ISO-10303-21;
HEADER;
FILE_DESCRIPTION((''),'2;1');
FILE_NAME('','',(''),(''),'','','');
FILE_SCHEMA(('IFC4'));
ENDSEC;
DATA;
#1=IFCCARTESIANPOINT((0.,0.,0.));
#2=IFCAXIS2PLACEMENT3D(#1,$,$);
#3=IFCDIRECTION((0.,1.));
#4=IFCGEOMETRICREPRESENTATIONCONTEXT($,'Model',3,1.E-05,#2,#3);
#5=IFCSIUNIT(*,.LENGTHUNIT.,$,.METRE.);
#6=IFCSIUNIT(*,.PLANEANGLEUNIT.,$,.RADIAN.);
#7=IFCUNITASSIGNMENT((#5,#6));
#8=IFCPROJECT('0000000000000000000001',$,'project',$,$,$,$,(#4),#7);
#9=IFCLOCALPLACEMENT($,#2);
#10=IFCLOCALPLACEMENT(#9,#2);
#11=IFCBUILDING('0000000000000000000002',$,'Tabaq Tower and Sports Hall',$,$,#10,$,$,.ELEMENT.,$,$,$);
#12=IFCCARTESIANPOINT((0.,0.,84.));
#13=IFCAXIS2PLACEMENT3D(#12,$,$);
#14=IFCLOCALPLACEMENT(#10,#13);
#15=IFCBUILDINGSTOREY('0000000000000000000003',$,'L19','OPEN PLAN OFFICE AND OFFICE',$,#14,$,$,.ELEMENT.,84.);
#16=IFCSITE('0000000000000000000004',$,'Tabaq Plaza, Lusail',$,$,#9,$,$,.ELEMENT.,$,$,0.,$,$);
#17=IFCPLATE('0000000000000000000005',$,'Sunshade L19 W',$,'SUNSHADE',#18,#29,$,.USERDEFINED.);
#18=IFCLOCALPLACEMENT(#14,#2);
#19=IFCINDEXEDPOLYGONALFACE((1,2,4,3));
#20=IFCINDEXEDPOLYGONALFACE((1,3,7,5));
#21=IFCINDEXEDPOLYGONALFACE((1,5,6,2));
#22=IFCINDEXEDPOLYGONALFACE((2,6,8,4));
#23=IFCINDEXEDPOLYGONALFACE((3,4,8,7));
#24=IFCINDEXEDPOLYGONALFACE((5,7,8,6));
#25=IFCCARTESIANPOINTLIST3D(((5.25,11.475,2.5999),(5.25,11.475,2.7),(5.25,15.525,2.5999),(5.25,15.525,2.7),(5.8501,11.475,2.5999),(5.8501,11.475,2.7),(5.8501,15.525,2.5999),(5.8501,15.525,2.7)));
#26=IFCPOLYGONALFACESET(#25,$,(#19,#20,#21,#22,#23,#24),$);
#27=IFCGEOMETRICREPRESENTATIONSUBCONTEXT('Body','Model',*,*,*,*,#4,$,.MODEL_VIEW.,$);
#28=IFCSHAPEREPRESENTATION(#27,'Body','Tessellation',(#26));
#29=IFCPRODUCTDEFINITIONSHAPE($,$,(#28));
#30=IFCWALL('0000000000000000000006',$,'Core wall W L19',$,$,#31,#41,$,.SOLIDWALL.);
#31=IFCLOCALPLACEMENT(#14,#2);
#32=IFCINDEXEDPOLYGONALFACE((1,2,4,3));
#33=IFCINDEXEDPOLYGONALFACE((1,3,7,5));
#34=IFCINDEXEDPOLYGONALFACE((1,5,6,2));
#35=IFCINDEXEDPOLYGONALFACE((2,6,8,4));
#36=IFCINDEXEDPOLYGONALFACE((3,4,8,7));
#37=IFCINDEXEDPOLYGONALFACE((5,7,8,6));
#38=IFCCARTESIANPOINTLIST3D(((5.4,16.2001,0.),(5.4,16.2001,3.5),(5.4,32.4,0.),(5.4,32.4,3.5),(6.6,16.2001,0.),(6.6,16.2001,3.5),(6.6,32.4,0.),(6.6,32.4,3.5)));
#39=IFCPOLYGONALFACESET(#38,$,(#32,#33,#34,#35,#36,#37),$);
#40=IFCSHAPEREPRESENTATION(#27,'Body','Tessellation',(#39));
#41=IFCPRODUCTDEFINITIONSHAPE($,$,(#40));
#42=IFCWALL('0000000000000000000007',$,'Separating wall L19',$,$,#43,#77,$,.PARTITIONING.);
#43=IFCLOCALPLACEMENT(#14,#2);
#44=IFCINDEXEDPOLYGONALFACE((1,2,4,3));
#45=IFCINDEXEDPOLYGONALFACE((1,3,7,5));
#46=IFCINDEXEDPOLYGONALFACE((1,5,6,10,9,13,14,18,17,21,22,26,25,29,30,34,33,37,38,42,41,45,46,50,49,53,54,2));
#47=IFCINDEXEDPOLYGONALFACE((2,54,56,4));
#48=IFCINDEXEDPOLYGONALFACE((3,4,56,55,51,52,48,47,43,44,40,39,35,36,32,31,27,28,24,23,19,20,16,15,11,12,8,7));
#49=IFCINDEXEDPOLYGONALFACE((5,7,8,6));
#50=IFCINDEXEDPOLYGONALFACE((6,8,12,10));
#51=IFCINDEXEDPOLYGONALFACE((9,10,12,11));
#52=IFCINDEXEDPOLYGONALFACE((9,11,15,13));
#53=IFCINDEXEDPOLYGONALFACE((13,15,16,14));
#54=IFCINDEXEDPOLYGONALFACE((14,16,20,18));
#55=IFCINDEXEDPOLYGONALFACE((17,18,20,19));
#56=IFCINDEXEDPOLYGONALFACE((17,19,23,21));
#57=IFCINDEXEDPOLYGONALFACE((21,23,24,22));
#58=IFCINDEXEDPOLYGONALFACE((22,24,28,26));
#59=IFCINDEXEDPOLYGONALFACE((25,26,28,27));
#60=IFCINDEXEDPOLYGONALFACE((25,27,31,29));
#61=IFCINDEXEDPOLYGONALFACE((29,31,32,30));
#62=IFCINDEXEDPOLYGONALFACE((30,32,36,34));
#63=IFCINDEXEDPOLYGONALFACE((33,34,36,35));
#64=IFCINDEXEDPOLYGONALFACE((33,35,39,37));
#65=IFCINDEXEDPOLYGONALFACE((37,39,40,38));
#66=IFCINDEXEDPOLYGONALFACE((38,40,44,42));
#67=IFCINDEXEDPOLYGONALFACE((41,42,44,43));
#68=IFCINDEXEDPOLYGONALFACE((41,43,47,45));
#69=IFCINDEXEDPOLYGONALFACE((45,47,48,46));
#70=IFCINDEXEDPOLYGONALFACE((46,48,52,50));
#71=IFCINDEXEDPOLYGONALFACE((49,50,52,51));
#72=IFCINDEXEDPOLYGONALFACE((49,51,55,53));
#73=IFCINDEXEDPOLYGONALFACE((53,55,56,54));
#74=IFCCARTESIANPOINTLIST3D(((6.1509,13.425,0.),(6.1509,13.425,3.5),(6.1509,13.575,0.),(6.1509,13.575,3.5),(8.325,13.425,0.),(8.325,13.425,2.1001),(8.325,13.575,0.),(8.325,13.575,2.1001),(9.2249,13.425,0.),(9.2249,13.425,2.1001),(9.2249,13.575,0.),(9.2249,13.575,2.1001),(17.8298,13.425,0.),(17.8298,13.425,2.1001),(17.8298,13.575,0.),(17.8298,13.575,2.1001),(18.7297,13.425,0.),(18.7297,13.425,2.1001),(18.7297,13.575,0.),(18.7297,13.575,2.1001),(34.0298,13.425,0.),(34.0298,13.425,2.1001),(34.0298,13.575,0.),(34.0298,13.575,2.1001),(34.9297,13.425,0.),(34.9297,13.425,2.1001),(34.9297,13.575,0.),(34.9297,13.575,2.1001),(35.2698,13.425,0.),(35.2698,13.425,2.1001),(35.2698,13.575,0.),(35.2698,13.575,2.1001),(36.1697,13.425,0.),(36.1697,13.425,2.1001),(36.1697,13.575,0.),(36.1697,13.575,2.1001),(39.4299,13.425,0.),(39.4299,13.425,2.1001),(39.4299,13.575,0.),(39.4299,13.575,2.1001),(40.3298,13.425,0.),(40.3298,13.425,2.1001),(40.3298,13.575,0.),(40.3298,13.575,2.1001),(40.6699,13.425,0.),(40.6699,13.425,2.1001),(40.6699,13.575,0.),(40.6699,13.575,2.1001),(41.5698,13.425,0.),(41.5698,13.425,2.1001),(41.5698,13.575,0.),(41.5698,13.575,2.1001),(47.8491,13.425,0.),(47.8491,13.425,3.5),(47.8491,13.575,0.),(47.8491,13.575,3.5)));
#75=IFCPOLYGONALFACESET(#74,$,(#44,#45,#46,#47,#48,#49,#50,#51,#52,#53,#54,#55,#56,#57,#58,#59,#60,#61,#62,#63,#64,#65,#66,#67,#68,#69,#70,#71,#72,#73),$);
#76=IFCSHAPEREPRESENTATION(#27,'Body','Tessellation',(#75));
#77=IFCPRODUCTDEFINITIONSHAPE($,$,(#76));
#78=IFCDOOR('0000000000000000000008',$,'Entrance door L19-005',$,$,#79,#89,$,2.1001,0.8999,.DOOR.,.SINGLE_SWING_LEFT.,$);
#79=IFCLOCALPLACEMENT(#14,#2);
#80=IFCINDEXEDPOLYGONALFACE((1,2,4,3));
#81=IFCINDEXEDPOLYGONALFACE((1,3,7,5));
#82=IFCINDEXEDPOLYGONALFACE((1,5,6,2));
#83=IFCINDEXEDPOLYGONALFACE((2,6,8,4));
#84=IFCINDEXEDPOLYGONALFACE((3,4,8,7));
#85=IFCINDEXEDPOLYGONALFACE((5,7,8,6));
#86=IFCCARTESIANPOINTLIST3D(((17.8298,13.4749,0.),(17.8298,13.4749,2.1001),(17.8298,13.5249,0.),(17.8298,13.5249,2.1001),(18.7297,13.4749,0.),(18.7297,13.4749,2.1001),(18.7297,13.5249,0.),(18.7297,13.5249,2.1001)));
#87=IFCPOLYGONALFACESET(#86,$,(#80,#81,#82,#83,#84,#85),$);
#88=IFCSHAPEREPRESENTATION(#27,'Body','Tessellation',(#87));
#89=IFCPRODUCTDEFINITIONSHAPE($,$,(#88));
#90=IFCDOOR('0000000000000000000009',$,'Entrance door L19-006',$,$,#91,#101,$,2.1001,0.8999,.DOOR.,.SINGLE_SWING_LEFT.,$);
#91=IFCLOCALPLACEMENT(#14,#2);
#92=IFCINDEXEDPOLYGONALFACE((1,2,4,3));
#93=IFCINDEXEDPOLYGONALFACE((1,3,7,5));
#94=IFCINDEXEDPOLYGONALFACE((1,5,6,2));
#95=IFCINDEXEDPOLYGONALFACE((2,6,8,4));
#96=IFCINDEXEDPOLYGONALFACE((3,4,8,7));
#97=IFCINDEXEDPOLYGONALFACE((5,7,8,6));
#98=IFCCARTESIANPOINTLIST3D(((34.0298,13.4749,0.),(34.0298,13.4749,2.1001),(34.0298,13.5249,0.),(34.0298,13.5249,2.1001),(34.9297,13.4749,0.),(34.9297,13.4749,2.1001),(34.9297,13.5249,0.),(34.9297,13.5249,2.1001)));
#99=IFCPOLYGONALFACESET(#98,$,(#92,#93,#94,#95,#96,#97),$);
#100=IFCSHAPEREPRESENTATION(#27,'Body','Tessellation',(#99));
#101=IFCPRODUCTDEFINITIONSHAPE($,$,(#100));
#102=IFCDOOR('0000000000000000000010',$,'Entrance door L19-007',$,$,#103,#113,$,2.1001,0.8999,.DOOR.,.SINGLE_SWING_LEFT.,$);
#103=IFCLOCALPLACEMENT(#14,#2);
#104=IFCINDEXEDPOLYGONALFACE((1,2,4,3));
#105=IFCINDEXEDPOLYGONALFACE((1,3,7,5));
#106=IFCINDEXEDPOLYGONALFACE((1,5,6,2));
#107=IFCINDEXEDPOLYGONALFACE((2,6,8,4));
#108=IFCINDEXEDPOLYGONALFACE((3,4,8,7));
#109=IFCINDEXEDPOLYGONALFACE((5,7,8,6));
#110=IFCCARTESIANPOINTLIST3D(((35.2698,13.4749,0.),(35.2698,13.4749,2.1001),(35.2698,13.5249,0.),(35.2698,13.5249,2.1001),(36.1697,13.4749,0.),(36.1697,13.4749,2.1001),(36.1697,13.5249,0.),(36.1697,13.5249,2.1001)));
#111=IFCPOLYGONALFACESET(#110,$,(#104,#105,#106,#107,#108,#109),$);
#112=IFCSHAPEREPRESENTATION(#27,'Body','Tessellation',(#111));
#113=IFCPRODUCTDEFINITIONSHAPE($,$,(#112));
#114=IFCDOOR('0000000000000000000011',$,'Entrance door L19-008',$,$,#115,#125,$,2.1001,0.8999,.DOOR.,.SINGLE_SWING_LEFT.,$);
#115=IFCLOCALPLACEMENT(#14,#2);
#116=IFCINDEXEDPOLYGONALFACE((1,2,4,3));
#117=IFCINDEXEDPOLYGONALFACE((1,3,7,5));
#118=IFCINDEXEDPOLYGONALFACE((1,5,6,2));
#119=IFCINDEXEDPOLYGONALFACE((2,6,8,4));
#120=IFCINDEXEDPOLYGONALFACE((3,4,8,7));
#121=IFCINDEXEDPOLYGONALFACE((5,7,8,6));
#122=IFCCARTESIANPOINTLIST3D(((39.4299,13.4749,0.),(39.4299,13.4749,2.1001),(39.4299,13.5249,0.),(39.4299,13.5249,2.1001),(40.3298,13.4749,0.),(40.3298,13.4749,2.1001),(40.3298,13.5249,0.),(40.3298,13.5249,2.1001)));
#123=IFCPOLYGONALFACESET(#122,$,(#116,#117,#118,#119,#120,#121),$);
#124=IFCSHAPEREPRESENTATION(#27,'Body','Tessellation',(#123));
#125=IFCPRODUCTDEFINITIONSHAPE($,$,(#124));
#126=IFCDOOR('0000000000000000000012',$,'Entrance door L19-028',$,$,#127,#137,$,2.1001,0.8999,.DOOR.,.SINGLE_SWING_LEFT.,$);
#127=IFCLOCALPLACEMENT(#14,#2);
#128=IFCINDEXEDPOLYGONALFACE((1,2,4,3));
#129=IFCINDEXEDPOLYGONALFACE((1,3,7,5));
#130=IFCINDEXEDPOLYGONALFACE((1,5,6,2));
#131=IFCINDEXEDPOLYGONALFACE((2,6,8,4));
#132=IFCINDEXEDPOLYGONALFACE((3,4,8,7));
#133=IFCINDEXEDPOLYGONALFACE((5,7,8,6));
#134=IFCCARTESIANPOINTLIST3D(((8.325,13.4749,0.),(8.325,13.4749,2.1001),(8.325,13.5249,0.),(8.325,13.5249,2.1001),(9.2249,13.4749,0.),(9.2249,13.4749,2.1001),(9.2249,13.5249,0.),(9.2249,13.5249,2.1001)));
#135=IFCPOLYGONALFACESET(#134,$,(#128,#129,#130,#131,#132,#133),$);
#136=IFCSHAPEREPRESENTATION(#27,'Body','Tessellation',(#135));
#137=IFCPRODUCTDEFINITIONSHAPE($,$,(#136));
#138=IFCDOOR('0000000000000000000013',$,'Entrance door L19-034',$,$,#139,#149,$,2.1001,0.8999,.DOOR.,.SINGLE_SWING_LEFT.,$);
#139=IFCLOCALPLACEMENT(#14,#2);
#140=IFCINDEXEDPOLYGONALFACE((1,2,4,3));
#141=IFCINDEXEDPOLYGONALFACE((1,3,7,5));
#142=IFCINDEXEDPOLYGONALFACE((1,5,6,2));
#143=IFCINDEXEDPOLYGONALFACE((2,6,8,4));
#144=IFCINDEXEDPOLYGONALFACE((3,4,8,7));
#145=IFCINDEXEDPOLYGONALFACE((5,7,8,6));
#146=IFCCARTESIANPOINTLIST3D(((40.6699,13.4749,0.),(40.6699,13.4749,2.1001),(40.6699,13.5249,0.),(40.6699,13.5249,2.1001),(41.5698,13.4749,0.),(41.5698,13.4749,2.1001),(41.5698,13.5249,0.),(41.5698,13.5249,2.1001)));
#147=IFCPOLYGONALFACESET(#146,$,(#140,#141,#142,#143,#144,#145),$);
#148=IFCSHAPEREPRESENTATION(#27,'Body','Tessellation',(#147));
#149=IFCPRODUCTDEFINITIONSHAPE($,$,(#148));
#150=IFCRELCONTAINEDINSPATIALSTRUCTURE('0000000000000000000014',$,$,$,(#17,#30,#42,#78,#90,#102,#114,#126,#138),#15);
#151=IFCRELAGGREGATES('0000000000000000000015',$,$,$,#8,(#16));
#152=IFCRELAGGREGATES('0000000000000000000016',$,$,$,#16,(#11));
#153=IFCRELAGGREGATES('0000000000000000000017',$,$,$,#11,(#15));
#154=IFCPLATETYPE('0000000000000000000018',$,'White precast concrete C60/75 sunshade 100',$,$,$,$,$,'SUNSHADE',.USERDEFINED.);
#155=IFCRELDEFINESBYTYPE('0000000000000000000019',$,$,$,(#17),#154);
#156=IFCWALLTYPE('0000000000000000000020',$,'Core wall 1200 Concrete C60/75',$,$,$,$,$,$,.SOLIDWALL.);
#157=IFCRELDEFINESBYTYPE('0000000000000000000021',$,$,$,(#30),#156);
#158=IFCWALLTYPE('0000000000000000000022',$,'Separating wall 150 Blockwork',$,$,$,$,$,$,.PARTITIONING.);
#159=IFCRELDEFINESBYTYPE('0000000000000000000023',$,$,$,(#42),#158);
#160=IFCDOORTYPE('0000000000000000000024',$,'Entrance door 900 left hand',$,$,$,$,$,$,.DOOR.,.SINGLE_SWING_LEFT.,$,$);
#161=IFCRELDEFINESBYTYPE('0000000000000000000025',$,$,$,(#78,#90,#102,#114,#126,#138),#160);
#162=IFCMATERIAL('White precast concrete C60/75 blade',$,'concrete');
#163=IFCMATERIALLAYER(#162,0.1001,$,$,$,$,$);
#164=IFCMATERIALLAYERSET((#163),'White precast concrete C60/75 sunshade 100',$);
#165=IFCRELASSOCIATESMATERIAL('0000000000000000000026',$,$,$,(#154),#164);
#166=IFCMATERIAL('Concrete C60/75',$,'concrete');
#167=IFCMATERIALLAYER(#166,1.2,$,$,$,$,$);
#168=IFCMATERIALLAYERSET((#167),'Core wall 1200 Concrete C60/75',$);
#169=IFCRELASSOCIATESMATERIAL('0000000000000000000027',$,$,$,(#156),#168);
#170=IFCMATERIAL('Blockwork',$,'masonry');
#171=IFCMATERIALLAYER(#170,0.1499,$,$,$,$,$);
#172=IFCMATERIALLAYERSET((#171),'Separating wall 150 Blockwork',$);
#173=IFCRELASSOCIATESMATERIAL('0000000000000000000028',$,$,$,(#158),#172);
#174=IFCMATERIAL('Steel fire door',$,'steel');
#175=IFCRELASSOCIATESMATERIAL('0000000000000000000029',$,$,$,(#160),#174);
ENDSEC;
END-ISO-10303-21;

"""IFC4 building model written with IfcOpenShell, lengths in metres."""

from ifc_helpers import new_model, si_unit, direction, frame, frame_2d, origin, origin_2d, place, context, subcontext, project, spatial, rectangle, extrude, material, layer, layer_set, type_object, element, fill, save


model = new_model("IFC4")

# Units and contexts
model_context = context("Model", 3, precision=1e-05, world=origin(), true_north=direction((0.0, 1.0)))
body_context = subcontext(model_context, "Body", "Model", "MODEL_VIEW")
ifc_project = project(units=[si_unit("LENGTHUNIT", "METRE"), si_unit("PLANEANGLEUNIT", "RADIAN")], contexts=[model_context])

# Site, building, storey
site_placement = place(None, origin())
site = spatial("IfcSite", under=ifc_project, at=site_placement, Name="Tabaq Plaza, Lusail", CompositionType="ELEMENT", RefElevation=0.0)
building_placement = place(site_placement, origin())
building = spatial("IfcBuilding", under=site, at=building_placement, Name="Tabaq Tower and Sports Hall", CompositionType="ELEMENT")
storey_placement = place(building_placement, frame((0.0, 0.0, 84.0)))
storey = spatial("IfcBuildingStorey", under=building, at=storey_placement, Name="L19", Description="OPEN PLAN OFFICE AND OFFICE", CompositionType="ELEMENT", Elevation=84.0)

# Plate
ifc_material_1 = material(Name="White precast concrete C60/75 blade", Category="concrete")
ifc_layer_1 = layer(ifc_material_1, 0.1001)
ifc_layer_set_1 = layer_set([ifc_layer_1], Name="White precast concrete C60/75 sunshade 100")
plate_type = type_object("IfcPlateType", Name="White precast concrete C60/75 sunshade 100", ElementType="SUNSHADE", PredefinedType="USERDEFINED", material=ifc_layer_set_1)
plate_placement = place(storey_placement, frame((5.55, 13.5, 2.5999), z_axis=(0.0, 0.0, 1.0), x_axis=(0.0, -1.0, 0.0)))
element("IfcPlate", 1, at=plate_placement, inside=storey, type_object=plate_type, Name="Sunshade L19 W", ObjectType="SUNSHADE", PredefinedType="USERDEFINED", context=body_context, shape_type="SweptSolid", body=[
    extrude(rectangle(XDim=4.05, YDim=0.6001, at=origin_2d()), origin(), (0.0, 0.0, 1.0), 0.1001),
])

# Wall
ifc_material_2 = material(Name="Concrete C60/75", Category="concrete")
ifc_layer_2 = layer(ifc_material_2, 1.2)
ifc_layer_set_2 = layer_set([ifc_layer_2], Name="Core wall 1200 Concrete C60/75")
wall_type_1 = type_object("IfcWallType", Name="Core wall 1200 Concrete C60/75", PredefinedType="SOLIDWALL", material=ifc_layer_set_2)
wall_1_placement = place(storey_placement, frame((6.0, 16.2, 0.0), z_axis=(0.0, 0.0, 1.0), x_axis=(0.0, 1.0, 0.0)))
element("IfcWall", 2, at=wall_1_placement, inside=storey, type_object=wall_type_1, Name="Core wall W L19", PredefinedType="SOLIDWALL", context=body_context, shape_type="SweptSolid", body=[
    extrude(rectangle(XDim=16.2, YDim=1.2, at=frame_2d((8.1001, 0.0))), origin(), (0.0, 0.0, 1.0), 3.5),
])

# Wall, openings, doors
ifc_material_3 = material(Name="Blockwork", Category="masonry")
ifc_layer_3 = layer(ifc_material_3, 0.1499)
ifc_layer_set_3 = layer_set([ifc_layer_3], Name="Separating wall 150 Blockwork")
wall_type_2 = type_object("IfcWallType", Name="Separating wall 150 Blockwork", PredefinedType="PARTITIONING", material=ifc_layer_set_3)
wall_2_placement = place(storey_placement, frame((6.1509, 13.5, 0.0), z_axis=(0.0, 0.0, 1.0), x_axis=(1.0, 0.0, 0.0)))
wall_2 = element("IfcWall", 3, at=wall_2_placement, inside=storey, type_object=wall_type_2, Name="Separating wall L19", PredefinedType="PARTITIONING", context=body_context, shape_type="SweptSolid", body=[
    extrude(rectangle(XDim=41.6982, YDim=0.1499, at=frame_2d((20.8491, 0.0))), origin(), (0.0, 0.0, 1.0), 3.5),
])
opening_1_placement = place(wall_2_placement, frame((11.679, 0.0, 0.0)))
opening_1 = element("IfcOpeningElement", 4, at=opening_1_placement, cuts=wall_2, PredefinedType="OPENING", context=body_context, shape_type="SweptSolid", body=[
    extrude(rectangle(XDim=0.8999, YDim=2.1001, at=frame_2d((0.45, 1.05))), frame((0.0, 0.075, 0.0), z_axis=(0.0, -1.0, 0.0), x_axis=(1.0, 0.0, 0.0)), (0.0, 0.0, 1.0), 0.1499),
])
opening_2_placement = place(wall_2_placement, frame((27.8789, 0.0, 0.0)))
opening_2 = element("IfcOpeningElement", 5, at=opening_2_placement, cuts=wall_2, PredefinedType="OPENING", context=body_context, shape_type="SweptSolid", body=[
    extrude(rectangle(XDim=0.8999, YDim=2.1001, at=frame_2d((0.45, 1.05))), frame((0.0, 0.075, 0.0), z_axis=(0.0, -1.0, 0.0), x_axis=(1.0, 0.0, 0.0)), (0.0, 0.0, 1.0), 0.1499),
])
opening_3_placement = place(wall_2_placement, frame((29.1189, 0.0, 0.0)))
opening_3 = element("IfcOpeningElement", 6, at=opening_3_placement, cuts=wall_2, PredefinedType="OPENING", context=body_context, shape_type="SweptSolid", body=[
    extrude(rectangle(XDim=0.8999, YDim=2.1001, at=frame_2d((0.45, 1.05))), frame((0.0, 0.075, 0.0), z_axis=(0.0, -1.0, 0.0), x_axis=(1.0, 0.0, 0.0)), (0.0, 0.0, 1.0), 0.1499),
])
opening_4_placement = place(wall_2_placement, frame((33.2791, 0.0, 0.0)))
opening_4 = element("IfcOpeningElement", 7, at=opening_4_placement, cuts=wall_2, PredefinedType="OPENING", context=body_context, shape_type="SweptSolid", body=[
    extrude(rectangle(XDim=0.8999, YDim=2.1001, at=frame_2d((0.45, 1.05))), frame((0.0, 0.075, 0.0), z_axis=(0.0, -1.0, 0.0), x_axis=(1.0, 0.0, 0.0)), (0.0, 0.0, 1.0), 0.1499),
])
opening_5_placement = place(wall_2_placement, frame((2.1741, 0.0, 0.0)))
opening_5 = element("IfcOpeningElement", 8, at=opening_5_placement, cuts=wall_2, PredefinedType="OPENING", context=body_context, shape_type="SweptSolid", body=[
    extrude(rectangle(XDim=0.8999, YDim=2.1001, at=frame_2d((0.45, 1.05))), frame((0.0, 0.075, 0.0), z_axis=(0.0, -1.0, 0.0), x_axis=(1.0, 0.0, 0.0)), (0.0, 0.0, 1.0), 0.1499),
])
opening_6_placement = place(wall_2_placement, frame((34.519, 0.0, 0.0)))
opening_6 = element("IfcOpeningElement", 9, at=opening_6_placement, cuts=wall_2, PredefinedType="OPENING", context=body_context, shape_type="SweptSolid", body=[
    extrude(rectangle(XDim=0.8999, YDim=2.1001, at=frame_2d((0.45, 1.05))), frame((0.0, 0.075, 0.0), z_axis=(0.0, -1.0, 0.0), x_axis=(1.0, 0.0, 0.0)), (0.0, 0.0, 1.0), 0.1499),
])
ifc_material_4 = material(Name="Steel fire door", Category="steel")
door_type_1 = type_object("IfcDoorType", Name="Entrance door 900 left hand", OperationType="SINGLE_SWING_LEFT", PredefinedType="DOOR", material=ifc_material_4)
door_1_placement = place(opening_1_placement, origin())
door_1 = element("IfcDoor", 10, at=door_1_placement, inside=storey, type_object=door_type_1, Name="Entrance door L19-005", OperationType="SINGLE_SWING_LEFT", OverallHeight=2.1001, OverallWidth=0.8999, PredefinedType="DOOR", context=body_context, shape_type="SweptSolid", body=[
    extrude(rectangle(XDim=0.8999, YDim=2.1001, at=frame_2d((0.45, 1.05))), frame((0.0, 0.0249, 0.0), z_axis=(0.0, -1.0, 0.0), x_axis=(1.0, 0.0, 0.0)), (0.0, 0.0, 1.0), 0.05),
])
fill(opening_1, door_1)
door_2_placement = place(opening_2_placement, origin())
door_2 = element("IfcDoor", 11, at=door_2_placement, inside=storey, type_object=door_type_1, Name="Entrance door L19-006", OperationType="SINGLE_SWING_LEFT", OverallHeight=2.1001, OverallWidth=0.8999, PredefinedType="DOOR", context=body_context, shape_type="SweptSolid", body=[
    extrude(rectangle(XDim=0.8999, YDim=2.1001, at=frame_2d((0.45, 1.05))), frame((0.0, 0.0249, 0.0), z_axis=(0.0, -1.0, 0.0), x_axis=(1.0, 0.0, 0.0)), (0.0, 0.0, 1.0), 0.05),
])
fill(opening_2, door_2)
door_3_placement = place(opening_3_placement, origin())
door_3 = element("IfcDoor", 12, at=door_3_placement, inside=storey, type_object=door_type_1, Name="Entrance door L19-007", OperationType="SINGLE_SWING_LEFT", OverallHeight=2.1001, OverallWidth=0.8999, PredefinedType="DOOR", context=body_context, shape_type="SweptSolid", body=[
    extrude(rectangle(XDim=0.8999, YDim=2.1001, at=frame_2d((0.45, 1.05))), frame((0.0, 0.0249, 0.0), z_axis=(0.0, -1.0, 0.0), x_axis=(1.0, 0.0, 0.0)), (0.0, 0.0, 1.0), 0.05),
])
fill(opening_3, door_3)
door_4_placement = place(opening_4_placement, origin())
door_4 = element("IfcDoor", 13, at=door_4_placement, inside=storey, type_object=door_type_1, Name="Entrance door L19-008", OperationType="SINGLE_SWING_LEFT", OverallHeight=2.1001, OverallWidth=0.8999, PredefinedType="DOOR", context=body_context, shape_type="SweptSolid", body=[
    extrude(rectangle(XDim=0.8999, YDim=2.1001, at=frame_2d((0.45, 1.05))), frame((0.0, 0.0249, 0.0), z_axis=(0.0, -1.0, 0.0), x_axis=(1.0, 0.0, 0.0)), (0.0, 0.0, 1.0), 0.05),
])
fill(opening_4, door_4)
door_5_placement = place(opening_5_placement, origin())
door_5 = element("IfcDoor", 14, at=door_5_placement, inside=storey, type_object=door_type_1, Name="Entrance door L19-028", OperationType="SINGLE_SWING_LEFT", OverallHeight=2.1001, OverallWidth=0.8999, PredefinedType="DOOR", context=body_context, shape_type="SweptSolid", body=[
    extrude(rectangle(XDim=0.8999, YDim=2.1001, at=frame_2d((0.45, 1.05))), frame((0.0, 0.0249, 0.0), z_axis=(0.0, -1.0, 0.0), x_axis=(1.0, 0.0, 0.0)), (0.0, 0.0, 1.0), 0.05),
])
fill(opening_5, door_5)
door_6_placement = place(opening_6_placement, origin())
door_6 = element("IfcDoor", 15, at=door_6_placement, inside=storey, type_object=door_type_1, Name="Entrance door L19-034", OperationType="SINGLE_SWING_LEFT", OverallHeight=2.1001, OverallWidth=0.8999, PredefinedType="DOOR", context=body_context, shape_type="SweptSolid", body=[
    extrude(rectangle(XDim=0.8999, YDim=2.1001, at=frame_2d((0.45, 1.05))), frame((0.0, 0.0249, 0.0), z_axis=(0.0, -1.0, 0.0), x_axis=(1.0, 0.0, 0.0)), (0.0, 0.0, 1.0), 0.05),
])
fill(opening_6, door_6)

save(model, "model.ifc")
